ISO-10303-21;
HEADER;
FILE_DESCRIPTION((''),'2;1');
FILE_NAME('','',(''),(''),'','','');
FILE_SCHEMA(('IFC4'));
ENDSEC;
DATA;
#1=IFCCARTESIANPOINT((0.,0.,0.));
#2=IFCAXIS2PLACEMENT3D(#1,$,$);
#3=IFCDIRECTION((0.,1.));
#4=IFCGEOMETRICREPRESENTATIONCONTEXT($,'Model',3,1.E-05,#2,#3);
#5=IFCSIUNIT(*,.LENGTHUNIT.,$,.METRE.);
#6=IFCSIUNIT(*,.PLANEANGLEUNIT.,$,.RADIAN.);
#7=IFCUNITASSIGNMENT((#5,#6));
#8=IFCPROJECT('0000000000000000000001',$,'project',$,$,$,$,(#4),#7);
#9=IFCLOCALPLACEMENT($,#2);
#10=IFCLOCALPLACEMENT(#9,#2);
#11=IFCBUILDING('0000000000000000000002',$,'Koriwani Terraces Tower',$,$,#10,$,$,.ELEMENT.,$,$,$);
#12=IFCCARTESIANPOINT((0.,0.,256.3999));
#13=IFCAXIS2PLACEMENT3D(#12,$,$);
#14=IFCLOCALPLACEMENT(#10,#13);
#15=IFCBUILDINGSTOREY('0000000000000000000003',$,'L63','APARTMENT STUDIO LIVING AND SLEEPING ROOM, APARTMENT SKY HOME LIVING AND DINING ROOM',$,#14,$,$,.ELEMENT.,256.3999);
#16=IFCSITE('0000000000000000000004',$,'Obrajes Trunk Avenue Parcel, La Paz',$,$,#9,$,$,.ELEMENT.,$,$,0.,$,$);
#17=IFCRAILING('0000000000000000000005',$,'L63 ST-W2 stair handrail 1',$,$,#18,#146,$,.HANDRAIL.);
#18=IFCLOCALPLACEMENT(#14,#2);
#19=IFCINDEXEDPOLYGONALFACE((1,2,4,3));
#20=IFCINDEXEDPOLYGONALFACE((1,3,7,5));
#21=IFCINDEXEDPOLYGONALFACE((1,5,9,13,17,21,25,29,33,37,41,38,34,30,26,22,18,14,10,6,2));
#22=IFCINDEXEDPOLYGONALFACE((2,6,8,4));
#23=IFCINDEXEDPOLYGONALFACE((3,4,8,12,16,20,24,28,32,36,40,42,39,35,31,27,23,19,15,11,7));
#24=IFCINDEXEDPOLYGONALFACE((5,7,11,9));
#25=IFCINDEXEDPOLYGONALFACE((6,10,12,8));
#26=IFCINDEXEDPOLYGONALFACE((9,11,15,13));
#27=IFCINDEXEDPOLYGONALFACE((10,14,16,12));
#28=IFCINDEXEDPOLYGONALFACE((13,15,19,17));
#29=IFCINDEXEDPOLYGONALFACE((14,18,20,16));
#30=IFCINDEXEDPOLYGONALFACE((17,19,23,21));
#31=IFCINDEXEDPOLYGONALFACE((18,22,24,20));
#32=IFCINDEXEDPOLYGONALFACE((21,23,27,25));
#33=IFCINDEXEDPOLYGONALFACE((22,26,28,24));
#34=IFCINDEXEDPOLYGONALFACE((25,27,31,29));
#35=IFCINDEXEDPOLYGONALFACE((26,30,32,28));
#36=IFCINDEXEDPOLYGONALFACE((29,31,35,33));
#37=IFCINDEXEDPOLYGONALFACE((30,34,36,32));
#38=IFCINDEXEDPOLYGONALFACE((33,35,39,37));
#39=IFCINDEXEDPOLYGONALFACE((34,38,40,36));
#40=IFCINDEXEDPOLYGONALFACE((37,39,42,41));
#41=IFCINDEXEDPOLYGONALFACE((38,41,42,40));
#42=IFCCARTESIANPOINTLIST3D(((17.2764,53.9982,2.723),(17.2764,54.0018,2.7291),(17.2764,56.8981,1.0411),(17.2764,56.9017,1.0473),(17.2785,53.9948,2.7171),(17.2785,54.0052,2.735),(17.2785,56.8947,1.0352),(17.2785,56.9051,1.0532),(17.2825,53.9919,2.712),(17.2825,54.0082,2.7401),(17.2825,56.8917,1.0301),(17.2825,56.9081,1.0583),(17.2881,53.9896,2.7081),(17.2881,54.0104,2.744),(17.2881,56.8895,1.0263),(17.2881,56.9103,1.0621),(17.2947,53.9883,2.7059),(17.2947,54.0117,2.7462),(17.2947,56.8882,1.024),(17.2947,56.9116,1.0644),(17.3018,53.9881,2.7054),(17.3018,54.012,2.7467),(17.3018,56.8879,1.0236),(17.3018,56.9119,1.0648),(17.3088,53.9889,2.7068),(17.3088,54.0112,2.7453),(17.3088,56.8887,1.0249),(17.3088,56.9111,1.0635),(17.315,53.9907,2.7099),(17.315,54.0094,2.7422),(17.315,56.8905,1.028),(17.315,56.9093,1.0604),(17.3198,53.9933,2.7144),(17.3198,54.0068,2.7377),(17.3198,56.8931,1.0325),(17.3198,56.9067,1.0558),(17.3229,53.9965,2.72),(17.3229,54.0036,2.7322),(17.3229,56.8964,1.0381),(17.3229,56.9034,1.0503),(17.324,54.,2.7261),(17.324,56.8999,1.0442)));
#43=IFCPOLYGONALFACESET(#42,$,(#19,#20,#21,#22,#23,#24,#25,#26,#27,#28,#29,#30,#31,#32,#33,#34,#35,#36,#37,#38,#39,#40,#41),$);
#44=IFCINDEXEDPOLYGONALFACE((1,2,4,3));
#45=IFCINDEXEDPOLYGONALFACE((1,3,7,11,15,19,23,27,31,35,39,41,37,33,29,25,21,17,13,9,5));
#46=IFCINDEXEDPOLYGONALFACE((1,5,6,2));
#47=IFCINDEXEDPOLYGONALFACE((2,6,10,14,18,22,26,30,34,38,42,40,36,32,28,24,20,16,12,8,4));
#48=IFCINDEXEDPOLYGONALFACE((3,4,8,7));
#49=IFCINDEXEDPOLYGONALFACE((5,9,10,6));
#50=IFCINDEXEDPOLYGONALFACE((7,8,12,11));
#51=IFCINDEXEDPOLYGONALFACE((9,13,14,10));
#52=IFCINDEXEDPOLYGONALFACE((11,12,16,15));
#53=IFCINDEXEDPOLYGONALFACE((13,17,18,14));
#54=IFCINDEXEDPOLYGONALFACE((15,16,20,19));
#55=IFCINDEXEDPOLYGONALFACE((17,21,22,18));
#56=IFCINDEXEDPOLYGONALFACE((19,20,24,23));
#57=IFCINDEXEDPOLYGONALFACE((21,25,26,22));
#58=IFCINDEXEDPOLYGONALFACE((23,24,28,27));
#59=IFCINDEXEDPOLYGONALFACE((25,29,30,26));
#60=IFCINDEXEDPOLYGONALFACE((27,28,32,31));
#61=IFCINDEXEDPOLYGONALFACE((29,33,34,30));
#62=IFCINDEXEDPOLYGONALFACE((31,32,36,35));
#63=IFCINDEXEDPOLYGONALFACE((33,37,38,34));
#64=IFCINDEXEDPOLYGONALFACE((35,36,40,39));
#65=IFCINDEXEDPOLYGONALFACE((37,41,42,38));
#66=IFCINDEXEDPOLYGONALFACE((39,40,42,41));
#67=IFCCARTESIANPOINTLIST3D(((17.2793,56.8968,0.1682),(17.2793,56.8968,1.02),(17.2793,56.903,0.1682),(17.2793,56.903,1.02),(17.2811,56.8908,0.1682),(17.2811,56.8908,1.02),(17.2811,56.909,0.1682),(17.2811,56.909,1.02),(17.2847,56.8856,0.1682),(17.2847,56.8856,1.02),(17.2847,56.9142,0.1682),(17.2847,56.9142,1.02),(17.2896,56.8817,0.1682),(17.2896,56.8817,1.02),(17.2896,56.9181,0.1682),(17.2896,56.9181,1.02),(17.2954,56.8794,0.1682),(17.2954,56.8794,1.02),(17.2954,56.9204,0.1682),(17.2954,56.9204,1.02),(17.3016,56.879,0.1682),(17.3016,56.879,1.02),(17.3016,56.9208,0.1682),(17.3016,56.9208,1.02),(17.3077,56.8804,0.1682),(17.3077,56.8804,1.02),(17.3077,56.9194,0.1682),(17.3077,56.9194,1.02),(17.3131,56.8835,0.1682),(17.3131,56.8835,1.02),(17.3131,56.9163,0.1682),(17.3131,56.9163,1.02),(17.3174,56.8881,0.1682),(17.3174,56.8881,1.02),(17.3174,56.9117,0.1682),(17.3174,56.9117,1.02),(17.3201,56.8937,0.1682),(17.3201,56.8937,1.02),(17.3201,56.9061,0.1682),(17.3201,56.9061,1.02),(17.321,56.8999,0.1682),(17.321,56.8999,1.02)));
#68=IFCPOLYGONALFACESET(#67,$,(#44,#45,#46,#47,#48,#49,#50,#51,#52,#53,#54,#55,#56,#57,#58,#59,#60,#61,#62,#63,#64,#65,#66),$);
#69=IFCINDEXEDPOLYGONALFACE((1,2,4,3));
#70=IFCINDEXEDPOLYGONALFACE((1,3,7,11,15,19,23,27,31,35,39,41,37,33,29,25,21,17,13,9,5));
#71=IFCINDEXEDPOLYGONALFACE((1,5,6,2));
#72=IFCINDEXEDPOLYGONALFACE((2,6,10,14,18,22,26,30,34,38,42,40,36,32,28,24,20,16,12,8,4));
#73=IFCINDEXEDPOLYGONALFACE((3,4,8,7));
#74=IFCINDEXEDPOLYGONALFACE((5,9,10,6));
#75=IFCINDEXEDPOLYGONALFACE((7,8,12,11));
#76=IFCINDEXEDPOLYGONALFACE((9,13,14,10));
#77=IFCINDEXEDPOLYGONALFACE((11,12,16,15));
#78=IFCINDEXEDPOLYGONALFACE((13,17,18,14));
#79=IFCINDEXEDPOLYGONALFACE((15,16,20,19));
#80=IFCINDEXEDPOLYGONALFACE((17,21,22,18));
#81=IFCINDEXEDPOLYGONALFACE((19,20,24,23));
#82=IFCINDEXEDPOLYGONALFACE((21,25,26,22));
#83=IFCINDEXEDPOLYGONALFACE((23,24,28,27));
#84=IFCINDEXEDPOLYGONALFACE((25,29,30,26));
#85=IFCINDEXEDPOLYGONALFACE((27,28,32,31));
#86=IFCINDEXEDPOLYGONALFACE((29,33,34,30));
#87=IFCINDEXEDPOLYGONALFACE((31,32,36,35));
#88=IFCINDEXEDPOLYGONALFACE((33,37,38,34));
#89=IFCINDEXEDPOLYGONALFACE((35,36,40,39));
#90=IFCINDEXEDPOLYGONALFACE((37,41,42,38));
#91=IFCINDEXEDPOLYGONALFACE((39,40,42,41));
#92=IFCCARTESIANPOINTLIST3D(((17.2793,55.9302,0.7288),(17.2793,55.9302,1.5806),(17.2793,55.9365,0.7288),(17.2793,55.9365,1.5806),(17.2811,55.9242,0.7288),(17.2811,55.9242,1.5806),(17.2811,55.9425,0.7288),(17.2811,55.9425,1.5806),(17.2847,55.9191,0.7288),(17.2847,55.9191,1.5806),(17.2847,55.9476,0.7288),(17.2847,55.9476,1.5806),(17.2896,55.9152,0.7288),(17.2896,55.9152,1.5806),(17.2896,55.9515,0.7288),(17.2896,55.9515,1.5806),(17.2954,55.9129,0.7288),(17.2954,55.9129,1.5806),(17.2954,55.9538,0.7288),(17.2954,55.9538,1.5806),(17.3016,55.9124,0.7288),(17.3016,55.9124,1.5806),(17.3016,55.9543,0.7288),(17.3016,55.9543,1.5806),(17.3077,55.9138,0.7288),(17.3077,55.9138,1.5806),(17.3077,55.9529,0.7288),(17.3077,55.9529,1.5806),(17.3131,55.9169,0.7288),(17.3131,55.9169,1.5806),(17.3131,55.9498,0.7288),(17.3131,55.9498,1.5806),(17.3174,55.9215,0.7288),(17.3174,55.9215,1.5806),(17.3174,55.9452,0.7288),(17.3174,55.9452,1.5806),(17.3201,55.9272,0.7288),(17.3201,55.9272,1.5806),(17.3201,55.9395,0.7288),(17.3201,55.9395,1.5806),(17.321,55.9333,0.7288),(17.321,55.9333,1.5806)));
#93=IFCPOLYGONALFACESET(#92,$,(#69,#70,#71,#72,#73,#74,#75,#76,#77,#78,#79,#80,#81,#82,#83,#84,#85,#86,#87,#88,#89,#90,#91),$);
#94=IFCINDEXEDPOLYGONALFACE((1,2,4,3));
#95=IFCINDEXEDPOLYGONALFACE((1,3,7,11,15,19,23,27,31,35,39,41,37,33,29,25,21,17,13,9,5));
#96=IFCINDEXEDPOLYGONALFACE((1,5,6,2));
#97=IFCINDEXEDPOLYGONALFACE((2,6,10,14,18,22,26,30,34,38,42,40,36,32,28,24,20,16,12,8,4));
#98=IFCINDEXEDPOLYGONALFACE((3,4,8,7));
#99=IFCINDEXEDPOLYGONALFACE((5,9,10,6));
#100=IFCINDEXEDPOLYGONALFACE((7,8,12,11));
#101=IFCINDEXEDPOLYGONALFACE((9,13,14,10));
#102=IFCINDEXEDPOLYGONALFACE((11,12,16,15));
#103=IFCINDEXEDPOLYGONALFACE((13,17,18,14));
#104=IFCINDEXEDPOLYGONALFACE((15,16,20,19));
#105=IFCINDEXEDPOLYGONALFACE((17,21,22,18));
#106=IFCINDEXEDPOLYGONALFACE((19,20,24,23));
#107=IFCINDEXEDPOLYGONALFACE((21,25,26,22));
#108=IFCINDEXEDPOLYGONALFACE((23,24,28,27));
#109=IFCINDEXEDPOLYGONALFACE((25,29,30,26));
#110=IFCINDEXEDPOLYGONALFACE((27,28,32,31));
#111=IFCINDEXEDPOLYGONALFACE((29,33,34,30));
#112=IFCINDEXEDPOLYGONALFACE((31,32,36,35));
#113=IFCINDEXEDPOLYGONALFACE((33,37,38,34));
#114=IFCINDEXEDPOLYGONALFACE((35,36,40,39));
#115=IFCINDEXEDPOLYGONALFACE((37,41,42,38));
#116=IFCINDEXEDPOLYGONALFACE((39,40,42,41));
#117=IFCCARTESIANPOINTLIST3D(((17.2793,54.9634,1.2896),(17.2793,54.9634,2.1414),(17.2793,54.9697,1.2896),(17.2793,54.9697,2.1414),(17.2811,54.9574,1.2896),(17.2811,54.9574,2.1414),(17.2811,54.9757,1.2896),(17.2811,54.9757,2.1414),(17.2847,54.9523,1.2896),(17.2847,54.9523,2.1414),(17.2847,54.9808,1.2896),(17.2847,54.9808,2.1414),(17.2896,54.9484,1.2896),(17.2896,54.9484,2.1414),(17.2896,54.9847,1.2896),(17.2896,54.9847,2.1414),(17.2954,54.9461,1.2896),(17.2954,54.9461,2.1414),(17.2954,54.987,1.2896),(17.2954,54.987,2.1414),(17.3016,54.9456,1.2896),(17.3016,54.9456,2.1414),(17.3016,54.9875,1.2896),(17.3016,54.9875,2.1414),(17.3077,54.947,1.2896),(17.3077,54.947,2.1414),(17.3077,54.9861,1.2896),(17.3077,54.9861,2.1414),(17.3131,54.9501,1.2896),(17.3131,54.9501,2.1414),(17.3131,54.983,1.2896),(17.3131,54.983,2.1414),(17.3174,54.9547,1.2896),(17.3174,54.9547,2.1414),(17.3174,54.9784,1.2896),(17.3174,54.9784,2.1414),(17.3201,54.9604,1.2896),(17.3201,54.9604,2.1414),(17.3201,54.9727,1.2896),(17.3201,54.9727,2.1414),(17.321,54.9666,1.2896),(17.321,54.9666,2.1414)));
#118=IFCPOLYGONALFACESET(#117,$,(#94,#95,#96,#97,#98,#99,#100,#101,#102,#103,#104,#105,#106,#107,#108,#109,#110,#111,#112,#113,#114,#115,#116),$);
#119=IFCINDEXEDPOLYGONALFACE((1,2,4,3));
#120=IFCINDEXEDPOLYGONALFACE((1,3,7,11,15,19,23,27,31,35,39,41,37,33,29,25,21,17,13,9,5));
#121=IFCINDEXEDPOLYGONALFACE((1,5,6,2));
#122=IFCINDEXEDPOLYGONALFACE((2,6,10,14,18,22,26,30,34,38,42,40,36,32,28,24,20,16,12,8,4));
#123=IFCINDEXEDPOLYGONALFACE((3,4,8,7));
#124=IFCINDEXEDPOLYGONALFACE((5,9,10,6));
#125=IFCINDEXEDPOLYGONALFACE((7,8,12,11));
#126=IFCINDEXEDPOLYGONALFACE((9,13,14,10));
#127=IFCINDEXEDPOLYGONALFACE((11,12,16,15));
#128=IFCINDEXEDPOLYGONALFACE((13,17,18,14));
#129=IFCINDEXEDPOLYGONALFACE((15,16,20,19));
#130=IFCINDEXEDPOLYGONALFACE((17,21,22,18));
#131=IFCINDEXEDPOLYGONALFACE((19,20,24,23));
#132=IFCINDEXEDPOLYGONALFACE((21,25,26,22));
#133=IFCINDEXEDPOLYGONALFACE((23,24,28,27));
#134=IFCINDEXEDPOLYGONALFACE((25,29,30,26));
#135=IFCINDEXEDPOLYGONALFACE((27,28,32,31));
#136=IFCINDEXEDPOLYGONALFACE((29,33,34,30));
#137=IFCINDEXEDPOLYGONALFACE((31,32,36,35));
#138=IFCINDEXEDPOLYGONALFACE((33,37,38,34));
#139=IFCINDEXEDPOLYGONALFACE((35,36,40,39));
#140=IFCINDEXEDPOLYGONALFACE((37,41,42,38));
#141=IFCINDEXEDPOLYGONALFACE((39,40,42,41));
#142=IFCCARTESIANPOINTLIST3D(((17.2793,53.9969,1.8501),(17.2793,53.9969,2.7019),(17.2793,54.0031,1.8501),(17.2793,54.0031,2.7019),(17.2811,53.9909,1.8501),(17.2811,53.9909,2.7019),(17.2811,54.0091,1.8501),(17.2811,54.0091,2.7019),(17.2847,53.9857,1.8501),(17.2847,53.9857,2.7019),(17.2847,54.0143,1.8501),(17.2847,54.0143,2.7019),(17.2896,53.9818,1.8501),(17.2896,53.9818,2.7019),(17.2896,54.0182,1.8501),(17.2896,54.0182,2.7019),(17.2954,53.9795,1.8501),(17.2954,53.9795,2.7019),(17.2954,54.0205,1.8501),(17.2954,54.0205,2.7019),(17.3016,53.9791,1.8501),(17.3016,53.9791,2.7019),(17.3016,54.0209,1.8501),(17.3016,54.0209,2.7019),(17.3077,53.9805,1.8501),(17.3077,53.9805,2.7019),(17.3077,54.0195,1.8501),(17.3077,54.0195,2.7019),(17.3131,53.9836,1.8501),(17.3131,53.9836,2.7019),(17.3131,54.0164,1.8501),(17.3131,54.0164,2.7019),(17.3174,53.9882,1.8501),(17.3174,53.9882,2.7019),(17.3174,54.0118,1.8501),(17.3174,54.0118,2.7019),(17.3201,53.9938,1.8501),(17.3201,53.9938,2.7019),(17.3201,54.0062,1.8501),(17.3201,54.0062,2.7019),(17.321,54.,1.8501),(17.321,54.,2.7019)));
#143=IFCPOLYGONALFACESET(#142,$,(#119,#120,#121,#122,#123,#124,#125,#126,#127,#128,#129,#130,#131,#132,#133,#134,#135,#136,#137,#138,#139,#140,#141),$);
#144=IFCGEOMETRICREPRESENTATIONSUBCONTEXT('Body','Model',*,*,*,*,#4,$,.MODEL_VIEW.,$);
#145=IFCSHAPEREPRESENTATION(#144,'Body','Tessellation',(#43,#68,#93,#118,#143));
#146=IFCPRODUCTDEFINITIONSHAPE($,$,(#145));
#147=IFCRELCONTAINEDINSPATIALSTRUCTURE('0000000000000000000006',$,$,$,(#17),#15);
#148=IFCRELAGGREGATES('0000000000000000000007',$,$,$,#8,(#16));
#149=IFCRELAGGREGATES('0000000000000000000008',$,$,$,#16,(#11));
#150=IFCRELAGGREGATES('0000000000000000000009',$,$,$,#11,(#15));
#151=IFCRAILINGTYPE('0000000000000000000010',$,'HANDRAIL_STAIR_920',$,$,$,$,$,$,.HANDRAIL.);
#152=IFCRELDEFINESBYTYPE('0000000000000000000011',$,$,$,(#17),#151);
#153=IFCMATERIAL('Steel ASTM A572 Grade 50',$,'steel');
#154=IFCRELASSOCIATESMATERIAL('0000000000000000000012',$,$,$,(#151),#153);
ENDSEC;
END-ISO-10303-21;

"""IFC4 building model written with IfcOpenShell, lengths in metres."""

from ifc_helpers import new_model, si_unit, direction, frame, origin, origin_2d, place, context, subcontext, project, spatial, circle, extrude, material, type_object, element, save


model = new_model("IFC4")

# Units and contexts
model_context = context("Model", 3, precision=1e-05, world=origin(), true_north=direction((0.0, 1.0)))
body_context = subcontext(model_context, "Body", "Model", "MODEL_VIEW")
ifc_project = project(units=[si_unit("LENGTHUNIT", "METRE"), si_unit("PLANEANGLEUNIT", "RADIAN")], contexts=[model_context])

# Site, building, storey
site_placement = place(None, origin())
site = spatial("IfcSite", under=ifc_project, at=site_placement, Name="Obrajes Trunk Avenue Parcel, La Paz", CompositionType="ELEMENT", RefElevation=0.0)
building_placement = place(site_placement, origin())
building = spatial("IfcBuilding", under=site, at=building_placement, Name="Koriwani Terraces Tower", CompositionType="ELEMENT")
storey_placement = place(building_placement, frame((0.0, 0.0, 256.3999)))
storey = spatial("IfcBuildingStorey", under=building, at=storey_placement, Name="L63", Description="APARTMENT STUDIO LIVING AND SLEEPING ROOM, APARTMENT SKY HOME LIVING AND DINING ROOM", CompositionType="ELEMENT", Elevation=256.3999)

# Shared definitions
ifc_material_1 = material(Name="Steel ASTM A572 Grade 50", Category="steel")

# Railing
railing_type_1 = type_object("IfcRailingType", Name="HANDRAIL_STAIR_920", PredefinedType="HANDRAIL", material=ifc_material_1)
railing_1_placement = place(storey_placement, frame((17.3, 56.8999, 0.1682)))
element("IfcRailing", 1, at=railing_1_placement, inside=storey, type_object=railing_type_1, Name="L63 ST-W2 stair handrail 1", PredefinedType="HANDRAIL", context=body_context, shape_type="SweptSolid", body=[
    extrude(circle(Radius=0.0239, at=origin_2d()), frame((0.0, 0.0, 0.876), z_axis=(0.0, -0.865039, 0.501705), x_axis=(1.0, 0.0, 0.0)), (0.0, 0.0, 1.0), 3.3523),
    extrude(circle(Radius=0.021, at=origin_2d()), origin(), (0.0, 0.0, 1.0), 0.8518),
    extrude(circle(Radius=0.021, at=origin_2d()), frame((0.0, -0.9666, 0.5605)), (0.0, 0.0, 1.0), 0.8518),
    extrude(circle(Radius=0.021, at=origin_2d()), frame((0.0, -1.9333, 1.1213)), (0.0, 0.0, 1.0), 0.8518),
    extrude(circle(Radius=0.021, at=origin_2d()), frame((0.0, -2.8999, 1.6819)), (0.0, 0.0, 1.0), 0.8518),
])

save(model, "model.ifc")
